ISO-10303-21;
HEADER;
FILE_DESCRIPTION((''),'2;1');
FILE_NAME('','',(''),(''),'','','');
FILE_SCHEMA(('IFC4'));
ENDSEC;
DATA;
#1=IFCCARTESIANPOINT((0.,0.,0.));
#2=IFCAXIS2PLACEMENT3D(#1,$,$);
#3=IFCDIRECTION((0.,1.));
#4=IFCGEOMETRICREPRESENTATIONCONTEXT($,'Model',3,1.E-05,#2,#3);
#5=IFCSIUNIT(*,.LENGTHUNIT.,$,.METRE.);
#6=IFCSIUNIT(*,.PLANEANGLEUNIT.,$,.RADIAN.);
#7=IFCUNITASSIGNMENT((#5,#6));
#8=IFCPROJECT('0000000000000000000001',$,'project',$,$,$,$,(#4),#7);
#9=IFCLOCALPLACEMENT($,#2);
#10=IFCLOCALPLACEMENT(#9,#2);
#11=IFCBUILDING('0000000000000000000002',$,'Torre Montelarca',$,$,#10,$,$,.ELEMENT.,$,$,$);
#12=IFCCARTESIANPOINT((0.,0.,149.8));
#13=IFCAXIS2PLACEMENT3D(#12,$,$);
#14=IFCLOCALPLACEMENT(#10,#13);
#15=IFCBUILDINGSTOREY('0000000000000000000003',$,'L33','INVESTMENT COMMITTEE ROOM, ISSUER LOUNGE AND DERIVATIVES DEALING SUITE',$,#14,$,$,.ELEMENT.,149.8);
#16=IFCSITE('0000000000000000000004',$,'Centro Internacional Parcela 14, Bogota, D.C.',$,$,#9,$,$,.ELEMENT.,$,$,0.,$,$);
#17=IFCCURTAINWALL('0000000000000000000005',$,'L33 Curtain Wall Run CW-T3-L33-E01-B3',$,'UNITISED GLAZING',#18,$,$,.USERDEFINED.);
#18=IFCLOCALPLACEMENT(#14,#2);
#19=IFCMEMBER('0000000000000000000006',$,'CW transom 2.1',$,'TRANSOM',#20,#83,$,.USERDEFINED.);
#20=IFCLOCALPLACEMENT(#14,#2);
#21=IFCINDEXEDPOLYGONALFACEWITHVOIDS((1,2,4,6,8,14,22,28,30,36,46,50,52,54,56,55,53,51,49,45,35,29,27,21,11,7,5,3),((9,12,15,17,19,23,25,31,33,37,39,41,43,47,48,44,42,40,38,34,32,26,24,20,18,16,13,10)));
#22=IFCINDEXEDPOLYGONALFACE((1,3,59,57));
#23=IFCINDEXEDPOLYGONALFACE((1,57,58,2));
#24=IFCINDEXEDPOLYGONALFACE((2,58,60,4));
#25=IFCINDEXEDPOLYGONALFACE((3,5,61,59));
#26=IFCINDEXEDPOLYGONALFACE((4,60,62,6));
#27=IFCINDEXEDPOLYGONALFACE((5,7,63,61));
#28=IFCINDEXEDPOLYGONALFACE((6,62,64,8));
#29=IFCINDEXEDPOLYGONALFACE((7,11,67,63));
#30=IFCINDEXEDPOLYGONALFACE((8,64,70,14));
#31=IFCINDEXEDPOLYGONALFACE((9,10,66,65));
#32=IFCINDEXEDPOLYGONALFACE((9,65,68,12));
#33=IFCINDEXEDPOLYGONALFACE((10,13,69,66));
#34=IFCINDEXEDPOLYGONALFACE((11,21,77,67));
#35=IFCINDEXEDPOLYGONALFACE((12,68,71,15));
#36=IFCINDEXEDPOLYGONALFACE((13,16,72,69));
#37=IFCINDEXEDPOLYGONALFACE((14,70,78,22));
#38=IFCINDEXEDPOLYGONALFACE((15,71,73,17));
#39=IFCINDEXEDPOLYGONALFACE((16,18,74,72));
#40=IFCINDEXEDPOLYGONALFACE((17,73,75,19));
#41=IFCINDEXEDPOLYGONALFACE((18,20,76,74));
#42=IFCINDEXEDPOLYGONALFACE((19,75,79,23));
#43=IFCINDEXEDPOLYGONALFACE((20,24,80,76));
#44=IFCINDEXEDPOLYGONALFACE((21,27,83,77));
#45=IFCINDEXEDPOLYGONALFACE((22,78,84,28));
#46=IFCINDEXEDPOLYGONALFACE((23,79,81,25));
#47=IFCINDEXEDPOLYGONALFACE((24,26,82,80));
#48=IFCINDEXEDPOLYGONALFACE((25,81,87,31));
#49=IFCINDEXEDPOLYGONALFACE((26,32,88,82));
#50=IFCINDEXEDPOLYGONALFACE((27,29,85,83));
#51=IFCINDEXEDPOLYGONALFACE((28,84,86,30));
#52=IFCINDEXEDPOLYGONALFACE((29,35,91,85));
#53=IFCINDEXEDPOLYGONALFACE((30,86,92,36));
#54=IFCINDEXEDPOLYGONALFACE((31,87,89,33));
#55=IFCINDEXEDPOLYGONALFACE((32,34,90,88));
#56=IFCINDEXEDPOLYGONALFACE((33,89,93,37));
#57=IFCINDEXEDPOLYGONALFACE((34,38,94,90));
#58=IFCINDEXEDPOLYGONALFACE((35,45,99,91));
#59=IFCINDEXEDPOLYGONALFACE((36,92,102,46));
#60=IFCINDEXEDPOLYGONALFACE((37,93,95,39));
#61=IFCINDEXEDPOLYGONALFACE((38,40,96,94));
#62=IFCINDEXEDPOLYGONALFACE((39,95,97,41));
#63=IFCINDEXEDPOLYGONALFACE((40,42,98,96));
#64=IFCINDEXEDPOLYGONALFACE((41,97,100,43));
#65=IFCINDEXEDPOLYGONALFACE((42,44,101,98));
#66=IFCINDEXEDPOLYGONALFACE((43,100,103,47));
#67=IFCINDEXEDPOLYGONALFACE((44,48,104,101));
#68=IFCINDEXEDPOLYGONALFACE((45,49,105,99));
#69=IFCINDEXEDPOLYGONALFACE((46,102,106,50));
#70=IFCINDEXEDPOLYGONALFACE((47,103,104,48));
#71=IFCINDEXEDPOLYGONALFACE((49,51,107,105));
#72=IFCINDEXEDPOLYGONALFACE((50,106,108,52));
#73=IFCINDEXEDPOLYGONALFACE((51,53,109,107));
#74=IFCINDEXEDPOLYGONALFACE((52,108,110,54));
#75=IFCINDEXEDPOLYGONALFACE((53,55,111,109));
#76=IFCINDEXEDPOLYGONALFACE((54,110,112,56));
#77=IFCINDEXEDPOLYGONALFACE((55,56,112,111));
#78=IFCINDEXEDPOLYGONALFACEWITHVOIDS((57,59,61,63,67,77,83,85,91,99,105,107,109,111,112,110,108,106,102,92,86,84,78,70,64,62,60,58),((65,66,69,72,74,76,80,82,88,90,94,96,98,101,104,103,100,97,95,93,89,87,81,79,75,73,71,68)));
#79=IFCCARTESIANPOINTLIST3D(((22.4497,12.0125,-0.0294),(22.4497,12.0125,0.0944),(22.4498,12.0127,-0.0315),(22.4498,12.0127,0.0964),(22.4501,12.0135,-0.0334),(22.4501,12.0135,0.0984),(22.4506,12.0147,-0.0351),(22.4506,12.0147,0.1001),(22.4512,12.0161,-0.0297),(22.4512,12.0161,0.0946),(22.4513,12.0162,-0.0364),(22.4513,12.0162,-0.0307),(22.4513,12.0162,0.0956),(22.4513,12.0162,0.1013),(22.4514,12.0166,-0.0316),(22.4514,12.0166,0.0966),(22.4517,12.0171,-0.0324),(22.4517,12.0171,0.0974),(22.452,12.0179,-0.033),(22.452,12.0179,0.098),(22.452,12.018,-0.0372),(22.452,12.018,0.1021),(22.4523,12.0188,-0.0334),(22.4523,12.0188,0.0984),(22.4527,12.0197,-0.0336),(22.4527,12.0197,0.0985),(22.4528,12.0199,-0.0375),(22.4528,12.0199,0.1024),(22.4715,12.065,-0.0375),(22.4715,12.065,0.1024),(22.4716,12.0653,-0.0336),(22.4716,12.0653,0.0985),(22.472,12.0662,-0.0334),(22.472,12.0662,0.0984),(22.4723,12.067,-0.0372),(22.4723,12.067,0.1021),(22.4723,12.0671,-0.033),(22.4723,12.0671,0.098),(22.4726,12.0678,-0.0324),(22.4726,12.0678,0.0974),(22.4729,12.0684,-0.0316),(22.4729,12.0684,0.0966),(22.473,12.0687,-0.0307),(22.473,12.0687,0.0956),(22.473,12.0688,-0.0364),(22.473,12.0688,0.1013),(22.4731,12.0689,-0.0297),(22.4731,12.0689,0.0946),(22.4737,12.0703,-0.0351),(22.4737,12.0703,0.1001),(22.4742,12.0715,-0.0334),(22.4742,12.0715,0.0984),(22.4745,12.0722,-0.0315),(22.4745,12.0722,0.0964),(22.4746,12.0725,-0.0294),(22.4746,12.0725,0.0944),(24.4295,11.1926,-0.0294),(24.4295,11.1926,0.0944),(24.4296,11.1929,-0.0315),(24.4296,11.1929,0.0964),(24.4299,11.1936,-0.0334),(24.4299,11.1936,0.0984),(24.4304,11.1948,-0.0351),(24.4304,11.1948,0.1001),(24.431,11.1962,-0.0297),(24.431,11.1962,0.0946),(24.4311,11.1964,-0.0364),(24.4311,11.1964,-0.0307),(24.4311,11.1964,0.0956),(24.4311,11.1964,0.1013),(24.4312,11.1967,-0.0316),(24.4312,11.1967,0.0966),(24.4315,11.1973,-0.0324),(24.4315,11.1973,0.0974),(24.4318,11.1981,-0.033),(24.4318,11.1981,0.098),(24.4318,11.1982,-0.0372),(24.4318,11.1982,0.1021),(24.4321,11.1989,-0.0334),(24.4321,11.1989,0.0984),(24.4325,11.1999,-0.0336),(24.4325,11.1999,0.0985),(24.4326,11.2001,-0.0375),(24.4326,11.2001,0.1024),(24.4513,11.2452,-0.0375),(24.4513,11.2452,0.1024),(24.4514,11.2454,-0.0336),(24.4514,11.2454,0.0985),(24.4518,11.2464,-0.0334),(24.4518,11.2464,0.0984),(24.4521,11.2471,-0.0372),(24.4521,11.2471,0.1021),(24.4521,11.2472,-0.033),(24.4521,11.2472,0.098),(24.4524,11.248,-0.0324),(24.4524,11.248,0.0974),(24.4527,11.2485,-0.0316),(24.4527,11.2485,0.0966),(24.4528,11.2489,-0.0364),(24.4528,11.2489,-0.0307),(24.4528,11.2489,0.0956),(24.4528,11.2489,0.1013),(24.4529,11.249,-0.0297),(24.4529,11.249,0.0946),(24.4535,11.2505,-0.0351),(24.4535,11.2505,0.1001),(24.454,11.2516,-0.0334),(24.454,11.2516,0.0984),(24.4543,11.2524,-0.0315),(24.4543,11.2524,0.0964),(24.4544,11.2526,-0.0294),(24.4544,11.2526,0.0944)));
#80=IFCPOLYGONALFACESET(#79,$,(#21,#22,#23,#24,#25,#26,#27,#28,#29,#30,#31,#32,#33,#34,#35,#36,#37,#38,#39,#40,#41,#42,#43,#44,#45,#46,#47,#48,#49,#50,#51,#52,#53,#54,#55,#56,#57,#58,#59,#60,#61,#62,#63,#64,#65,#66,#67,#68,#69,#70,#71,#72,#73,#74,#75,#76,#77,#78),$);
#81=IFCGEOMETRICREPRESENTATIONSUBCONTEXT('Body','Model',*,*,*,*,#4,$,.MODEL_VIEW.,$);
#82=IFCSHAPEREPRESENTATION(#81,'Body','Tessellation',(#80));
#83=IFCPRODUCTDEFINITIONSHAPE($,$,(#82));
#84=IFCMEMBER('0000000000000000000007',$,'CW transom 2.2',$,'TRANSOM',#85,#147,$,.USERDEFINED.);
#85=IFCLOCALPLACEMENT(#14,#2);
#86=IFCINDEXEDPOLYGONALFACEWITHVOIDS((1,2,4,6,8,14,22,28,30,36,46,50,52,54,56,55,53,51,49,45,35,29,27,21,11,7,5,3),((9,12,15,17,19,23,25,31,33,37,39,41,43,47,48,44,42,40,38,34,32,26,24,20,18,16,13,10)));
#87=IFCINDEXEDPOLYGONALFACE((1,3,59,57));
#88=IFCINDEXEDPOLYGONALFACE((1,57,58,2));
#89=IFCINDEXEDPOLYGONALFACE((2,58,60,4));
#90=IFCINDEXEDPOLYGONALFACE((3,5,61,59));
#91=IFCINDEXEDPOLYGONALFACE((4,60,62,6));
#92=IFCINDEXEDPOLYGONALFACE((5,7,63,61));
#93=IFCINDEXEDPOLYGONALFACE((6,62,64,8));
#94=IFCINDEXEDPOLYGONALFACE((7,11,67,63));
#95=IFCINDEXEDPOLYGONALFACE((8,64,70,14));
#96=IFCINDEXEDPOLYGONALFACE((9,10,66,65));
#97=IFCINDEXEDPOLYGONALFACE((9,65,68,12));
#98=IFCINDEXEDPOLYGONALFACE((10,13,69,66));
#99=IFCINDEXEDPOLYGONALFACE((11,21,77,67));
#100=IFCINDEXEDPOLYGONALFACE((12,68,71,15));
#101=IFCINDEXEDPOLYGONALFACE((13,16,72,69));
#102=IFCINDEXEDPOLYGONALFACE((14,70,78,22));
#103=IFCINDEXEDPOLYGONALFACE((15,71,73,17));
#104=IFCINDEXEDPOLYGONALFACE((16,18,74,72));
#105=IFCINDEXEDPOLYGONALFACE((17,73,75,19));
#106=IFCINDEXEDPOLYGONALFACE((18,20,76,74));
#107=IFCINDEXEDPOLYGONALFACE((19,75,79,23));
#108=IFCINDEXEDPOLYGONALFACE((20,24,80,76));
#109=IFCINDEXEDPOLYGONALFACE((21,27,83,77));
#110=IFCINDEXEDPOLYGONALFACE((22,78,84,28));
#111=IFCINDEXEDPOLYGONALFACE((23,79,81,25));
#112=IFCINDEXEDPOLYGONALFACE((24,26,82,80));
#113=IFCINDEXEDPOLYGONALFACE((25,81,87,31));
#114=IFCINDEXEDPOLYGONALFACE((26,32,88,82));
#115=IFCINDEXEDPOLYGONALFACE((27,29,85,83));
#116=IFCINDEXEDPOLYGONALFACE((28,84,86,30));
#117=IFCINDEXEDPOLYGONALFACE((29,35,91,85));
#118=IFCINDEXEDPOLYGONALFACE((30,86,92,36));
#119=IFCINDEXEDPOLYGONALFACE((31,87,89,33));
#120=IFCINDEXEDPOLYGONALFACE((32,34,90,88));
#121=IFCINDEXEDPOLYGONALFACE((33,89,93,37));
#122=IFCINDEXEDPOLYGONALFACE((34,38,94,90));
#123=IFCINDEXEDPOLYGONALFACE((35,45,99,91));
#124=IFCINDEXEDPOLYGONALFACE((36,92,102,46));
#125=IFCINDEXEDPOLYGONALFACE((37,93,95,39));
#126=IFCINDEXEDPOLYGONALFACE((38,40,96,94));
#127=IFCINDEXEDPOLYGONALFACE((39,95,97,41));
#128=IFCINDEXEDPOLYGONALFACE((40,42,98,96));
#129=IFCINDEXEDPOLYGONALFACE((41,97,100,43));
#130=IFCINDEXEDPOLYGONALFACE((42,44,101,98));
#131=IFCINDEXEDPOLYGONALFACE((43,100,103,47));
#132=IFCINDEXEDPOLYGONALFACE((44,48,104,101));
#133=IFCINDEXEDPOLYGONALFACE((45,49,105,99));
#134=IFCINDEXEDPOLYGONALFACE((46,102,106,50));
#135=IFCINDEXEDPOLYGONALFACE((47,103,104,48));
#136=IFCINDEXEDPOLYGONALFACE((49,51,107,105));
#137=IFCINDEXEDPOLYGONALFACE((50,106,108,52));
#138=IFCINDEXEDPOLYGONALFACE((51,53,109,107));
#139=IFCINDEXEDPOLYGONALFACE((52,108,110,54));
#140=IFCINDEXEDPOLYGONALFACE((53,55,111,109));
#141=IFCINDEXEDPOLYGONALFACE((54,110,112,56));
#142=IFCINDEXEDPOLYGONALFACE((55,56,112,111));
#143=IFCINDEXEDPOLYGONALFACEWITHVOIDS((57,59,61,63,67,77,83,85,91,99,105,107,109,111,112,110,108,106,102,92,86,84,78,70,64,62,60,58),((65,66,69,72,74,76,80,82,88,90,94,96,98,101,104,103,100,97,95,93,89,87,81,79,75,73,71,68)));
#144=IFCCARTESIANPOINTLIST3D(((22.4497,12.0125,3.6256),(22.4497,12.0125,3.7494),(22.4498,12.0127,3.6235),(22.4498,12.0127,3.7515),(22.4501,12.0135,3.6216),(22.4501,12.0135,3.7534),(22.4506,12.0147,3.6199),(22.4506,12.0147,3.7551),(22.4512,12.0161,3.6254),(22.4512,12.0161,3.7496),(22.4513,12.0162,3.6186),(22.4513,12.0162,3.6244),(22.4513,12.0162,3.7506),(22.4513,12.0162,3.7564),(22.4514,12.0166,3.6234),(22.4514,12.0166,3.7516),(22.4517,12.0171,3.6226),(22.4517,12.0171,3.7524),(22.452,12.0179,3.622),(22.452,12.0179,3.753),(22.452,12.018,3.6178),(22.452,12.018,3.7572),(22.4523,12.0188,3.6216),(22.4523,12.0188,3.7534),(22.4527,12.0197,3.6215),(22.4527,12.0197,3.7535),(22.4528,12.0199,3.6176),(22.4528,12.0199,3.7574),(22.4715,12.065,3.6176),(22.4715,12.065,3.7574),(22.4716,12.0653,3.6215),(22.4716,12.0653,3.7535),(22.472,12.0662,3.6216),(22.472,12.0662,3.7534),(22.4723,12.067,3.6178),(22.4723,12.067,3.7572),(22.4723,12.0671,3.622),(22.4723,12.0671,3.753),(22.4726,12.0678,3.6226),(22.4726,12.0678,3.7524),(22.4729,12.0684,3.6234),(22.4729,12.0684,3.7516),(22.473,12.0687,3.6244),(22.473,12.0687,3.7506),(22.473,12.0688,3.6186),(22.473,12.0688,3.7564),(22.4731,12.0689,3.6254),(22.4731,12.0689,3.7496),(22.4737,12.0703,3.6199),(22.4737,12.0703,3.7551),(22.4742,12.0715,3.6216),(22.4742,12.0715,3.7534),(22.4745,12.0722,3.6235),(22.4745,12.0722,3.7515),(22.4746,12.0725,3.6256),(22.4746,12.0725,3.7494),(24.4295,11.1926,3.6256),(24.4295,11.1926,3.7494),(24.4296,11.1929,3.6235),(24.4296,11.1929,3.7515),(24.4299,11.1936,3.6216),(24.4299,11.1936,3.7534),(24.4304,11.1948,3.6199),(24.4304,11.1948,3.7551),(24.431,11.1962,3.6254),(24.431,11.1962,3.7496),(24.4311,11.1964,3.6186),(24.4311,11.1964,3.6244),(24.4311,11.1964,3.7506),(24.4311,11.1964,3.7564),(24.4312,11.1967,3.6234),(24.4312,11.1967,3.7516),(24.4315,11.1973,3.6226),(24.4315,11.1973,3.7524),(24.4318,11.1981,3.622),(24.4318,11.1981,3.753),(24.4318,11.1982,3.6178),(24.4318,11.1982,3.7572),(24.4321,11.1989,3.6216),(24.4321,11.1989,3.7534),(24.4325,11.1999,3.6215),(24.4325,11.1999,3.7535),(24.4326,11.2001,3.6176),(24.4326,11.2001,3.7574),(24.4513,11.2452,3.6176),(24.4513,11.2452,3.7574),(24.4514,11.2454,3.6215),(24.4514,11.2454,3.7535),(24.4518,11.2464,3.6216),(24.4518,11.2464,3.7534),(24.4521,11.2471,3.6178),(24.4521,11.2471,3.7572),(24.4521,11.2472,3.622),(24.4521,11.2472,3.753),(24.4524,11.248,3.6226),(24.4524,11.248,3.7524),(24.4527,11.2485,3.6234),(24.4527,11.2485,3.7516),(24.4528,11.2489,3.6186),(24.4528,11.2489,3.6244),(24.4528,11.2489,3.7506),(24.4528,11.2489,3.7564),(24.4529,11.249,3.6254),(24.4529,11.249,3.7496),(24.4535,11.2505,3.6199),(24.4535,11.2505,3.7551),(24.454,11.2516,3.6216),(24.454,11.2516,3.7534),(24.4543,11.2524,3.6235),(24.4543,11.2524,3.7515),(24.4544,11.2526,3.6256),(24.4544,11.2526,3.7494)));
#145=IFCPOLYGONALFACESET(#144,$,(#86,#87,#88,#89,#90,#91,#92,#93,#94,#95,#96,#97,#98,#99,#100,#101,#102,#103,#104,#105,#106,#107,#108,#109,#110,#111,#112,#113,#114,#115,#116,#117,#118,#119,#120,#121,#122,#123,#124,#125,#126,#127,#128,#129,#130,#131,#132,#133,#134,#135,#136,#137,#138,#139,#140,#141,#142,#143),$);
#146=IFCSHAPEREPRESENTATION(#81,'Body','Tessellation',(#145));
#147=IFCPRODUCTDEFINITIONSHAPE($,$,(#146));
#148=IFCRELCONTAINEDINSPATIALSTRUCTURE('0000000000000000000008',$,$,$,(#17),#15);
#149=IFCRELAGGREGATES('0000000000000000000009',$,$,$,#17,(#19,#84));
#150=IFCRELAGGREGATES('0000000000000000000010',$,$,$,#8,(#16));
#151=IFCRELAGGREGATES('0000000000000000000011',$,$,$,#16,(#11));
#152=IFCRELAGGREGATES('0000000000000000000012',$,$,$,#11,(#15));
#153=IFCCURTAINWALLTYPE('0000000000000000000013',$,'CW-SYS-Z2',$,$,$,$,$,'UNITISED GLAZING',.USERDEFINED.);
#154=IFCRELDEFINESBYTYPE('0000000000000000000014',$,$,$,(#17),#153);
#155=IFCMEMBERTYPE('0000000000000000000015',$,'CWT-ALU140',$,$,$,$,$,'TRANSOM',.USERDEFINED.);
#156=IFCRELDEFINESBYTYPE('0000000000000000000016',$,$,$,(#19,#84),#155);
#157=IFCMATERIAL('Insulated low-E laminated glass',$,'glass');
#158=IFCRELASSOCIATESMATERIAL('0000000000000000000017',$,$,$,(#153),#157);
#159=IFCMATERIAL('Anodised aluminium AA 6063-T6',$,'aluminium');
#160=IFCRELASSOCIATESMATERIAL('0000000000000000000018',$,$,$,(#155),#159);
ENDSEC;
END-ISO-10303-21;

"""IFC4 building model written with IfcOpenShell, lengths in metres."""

from ifc_helpers import new_model, si_unit, direction, frame, origin, origin_2d, place, context, subcontext, project, spatial, hollow_rectangle, extrude, source, transform, mapped, material, material_profile, profile_set, type_object, element, aggregate, save


model = new_model("IFC4")

# Units and contexts
model_context = context("Model", 3, precision=1e-05, world=origin(), true_north=direction((0.0, 1.0)))
body_context = subcontext(model_context, "Body", "Model", "MODEL_VIEW")
ifc_project = project(units=[si_unit("LENGTHUNIT", "METRE"), si_unit("PLANEANGLEUNIT", "RADIAN")], contexts=[model_context])

# Site, building, storey
site_placement = place(None, origin())
site = spatial("IfcSite", under=ifc_project, at=site_placement, Name="Centro Internacional Parcela 14, Bogota, D.C.", CompositionType="ELEMENT", RefElevation=0.0)
building_placement = place(site_placement, origin())
building = spatial("IfcBuilding", under=site, at=building_placement, Name="Torre Montelarca", CompositionType="ELEMENT")
storey_placement = place(building_placement, frame((0.0, 0.0, 149.8)))
storey = spatial("IfcBuildingStorey", under=building, at=storey_placement, Name="L33", Description="INVESTMENT COMMITTEE ROOM, ISSUER LOUNGE AND DERIVATIVES DEALING SUITE", CompositionType="ELEMENT", Elevation=149.8)

# Shared definitions
ifc_material_1 = material(Name="Insulated low-E laminated glass", Category="glass")
curtain_wall_type = type_object("IfcCurtainWallType", Name="CW-SYS-Z2", ElementType="UNITISED GLAZING", PredefinedType="USERDEFINED", material=ifc_material_1)
ifc_material_2 = material(Name="Anodised aluminium AA 6063-T6", Category="aluminium")
ifc_material_profile_1 = material_profile(ifc_material_2, hollow_rectangle(XDim=0.0649, YDim=0.1399, WallThickness=0.0039, InnerFilletRadius=0.0039, OuterFilletRadius=0.0081, at=origin_2d()), Name="ALU65X140X4", Category="aluminium")
ifc_profile_set_1 = profile_set([ifc_material_profile_1], Name="Anodised aluminium AA 6063-T6")
member_type_1 = type_object("IfcMemberType", Name="CWT-ALU140", ElementType="TRANSOM", PredefinedType="USERDEFINED", material=ifc_profile_set_1)

# Curtain wall
curtain_wall_1_placement = place(storey_placement, origin())
curtain_wall_1 = element("IfcCurtainWall", 1, at=curtain_wall_1_placement, inside=storey, type_object=curtain_wall_type, Name="L33 Curtain Wall Run CW-T3-L33-E01-B3", ObjectType="UNITISED GLAZING", PredefinedType="USERDEFINED")

# Members
shared_shape_1 = source(origin(), body_context, "Body", "SweptSolid", [
    extrude(hollow_rectangle(XDim=0.0649, YDim=0.1399, WallThickness=0.0039, InnerFilletRadius=0.0039, OuterFilletRadius=0.0081, at=origin_2d()), origin(), (0.0, 0.0, 1.0), 2.1428),
])
member_1_placement = place(storey_placement, frame((22.4622, 12.0425, 0.0325), z_axis=(0.923914, -0.3826, 0.0), x_axis=(0.3826, 0.923914, 0.0)))
member_1 = element("IfcMember", 2, at=member_1_placement, type_object=member_type_1, Name="CW transom 2.1", ObjectType="TRANSOM", PredefinedType="USERDEFINED", context=body_context, shape_type="MappedRepresentation", body=[
    mapped(shared_shape_1, transform((0.0, 0.0, 0.0), scale=1.0)),
])
member_2_placement = place(storey_placement, frame((22.4622, 12.0425, 3.6875), z_axis=(0.923914, -0.3826, 0.0), x_axis=(0.3826, 0.923914, 0.0)))
member_2 = element("IfcMember", 3, at=member_2_placement, type_object=member_type_1, Name="CW transom 2.2", ObjectType="TRANSOM", PredefinedType="USERDEFINED", context=body_context, shape_type="MappedRepresentation", body=[
    mapped(shared_shape_1, transform((0.0, 0.0, 0.0), scale=1.0)),
])

aggregate(curtain_wall_1, [member_1, member_2])

save(model, "model.ifc")
